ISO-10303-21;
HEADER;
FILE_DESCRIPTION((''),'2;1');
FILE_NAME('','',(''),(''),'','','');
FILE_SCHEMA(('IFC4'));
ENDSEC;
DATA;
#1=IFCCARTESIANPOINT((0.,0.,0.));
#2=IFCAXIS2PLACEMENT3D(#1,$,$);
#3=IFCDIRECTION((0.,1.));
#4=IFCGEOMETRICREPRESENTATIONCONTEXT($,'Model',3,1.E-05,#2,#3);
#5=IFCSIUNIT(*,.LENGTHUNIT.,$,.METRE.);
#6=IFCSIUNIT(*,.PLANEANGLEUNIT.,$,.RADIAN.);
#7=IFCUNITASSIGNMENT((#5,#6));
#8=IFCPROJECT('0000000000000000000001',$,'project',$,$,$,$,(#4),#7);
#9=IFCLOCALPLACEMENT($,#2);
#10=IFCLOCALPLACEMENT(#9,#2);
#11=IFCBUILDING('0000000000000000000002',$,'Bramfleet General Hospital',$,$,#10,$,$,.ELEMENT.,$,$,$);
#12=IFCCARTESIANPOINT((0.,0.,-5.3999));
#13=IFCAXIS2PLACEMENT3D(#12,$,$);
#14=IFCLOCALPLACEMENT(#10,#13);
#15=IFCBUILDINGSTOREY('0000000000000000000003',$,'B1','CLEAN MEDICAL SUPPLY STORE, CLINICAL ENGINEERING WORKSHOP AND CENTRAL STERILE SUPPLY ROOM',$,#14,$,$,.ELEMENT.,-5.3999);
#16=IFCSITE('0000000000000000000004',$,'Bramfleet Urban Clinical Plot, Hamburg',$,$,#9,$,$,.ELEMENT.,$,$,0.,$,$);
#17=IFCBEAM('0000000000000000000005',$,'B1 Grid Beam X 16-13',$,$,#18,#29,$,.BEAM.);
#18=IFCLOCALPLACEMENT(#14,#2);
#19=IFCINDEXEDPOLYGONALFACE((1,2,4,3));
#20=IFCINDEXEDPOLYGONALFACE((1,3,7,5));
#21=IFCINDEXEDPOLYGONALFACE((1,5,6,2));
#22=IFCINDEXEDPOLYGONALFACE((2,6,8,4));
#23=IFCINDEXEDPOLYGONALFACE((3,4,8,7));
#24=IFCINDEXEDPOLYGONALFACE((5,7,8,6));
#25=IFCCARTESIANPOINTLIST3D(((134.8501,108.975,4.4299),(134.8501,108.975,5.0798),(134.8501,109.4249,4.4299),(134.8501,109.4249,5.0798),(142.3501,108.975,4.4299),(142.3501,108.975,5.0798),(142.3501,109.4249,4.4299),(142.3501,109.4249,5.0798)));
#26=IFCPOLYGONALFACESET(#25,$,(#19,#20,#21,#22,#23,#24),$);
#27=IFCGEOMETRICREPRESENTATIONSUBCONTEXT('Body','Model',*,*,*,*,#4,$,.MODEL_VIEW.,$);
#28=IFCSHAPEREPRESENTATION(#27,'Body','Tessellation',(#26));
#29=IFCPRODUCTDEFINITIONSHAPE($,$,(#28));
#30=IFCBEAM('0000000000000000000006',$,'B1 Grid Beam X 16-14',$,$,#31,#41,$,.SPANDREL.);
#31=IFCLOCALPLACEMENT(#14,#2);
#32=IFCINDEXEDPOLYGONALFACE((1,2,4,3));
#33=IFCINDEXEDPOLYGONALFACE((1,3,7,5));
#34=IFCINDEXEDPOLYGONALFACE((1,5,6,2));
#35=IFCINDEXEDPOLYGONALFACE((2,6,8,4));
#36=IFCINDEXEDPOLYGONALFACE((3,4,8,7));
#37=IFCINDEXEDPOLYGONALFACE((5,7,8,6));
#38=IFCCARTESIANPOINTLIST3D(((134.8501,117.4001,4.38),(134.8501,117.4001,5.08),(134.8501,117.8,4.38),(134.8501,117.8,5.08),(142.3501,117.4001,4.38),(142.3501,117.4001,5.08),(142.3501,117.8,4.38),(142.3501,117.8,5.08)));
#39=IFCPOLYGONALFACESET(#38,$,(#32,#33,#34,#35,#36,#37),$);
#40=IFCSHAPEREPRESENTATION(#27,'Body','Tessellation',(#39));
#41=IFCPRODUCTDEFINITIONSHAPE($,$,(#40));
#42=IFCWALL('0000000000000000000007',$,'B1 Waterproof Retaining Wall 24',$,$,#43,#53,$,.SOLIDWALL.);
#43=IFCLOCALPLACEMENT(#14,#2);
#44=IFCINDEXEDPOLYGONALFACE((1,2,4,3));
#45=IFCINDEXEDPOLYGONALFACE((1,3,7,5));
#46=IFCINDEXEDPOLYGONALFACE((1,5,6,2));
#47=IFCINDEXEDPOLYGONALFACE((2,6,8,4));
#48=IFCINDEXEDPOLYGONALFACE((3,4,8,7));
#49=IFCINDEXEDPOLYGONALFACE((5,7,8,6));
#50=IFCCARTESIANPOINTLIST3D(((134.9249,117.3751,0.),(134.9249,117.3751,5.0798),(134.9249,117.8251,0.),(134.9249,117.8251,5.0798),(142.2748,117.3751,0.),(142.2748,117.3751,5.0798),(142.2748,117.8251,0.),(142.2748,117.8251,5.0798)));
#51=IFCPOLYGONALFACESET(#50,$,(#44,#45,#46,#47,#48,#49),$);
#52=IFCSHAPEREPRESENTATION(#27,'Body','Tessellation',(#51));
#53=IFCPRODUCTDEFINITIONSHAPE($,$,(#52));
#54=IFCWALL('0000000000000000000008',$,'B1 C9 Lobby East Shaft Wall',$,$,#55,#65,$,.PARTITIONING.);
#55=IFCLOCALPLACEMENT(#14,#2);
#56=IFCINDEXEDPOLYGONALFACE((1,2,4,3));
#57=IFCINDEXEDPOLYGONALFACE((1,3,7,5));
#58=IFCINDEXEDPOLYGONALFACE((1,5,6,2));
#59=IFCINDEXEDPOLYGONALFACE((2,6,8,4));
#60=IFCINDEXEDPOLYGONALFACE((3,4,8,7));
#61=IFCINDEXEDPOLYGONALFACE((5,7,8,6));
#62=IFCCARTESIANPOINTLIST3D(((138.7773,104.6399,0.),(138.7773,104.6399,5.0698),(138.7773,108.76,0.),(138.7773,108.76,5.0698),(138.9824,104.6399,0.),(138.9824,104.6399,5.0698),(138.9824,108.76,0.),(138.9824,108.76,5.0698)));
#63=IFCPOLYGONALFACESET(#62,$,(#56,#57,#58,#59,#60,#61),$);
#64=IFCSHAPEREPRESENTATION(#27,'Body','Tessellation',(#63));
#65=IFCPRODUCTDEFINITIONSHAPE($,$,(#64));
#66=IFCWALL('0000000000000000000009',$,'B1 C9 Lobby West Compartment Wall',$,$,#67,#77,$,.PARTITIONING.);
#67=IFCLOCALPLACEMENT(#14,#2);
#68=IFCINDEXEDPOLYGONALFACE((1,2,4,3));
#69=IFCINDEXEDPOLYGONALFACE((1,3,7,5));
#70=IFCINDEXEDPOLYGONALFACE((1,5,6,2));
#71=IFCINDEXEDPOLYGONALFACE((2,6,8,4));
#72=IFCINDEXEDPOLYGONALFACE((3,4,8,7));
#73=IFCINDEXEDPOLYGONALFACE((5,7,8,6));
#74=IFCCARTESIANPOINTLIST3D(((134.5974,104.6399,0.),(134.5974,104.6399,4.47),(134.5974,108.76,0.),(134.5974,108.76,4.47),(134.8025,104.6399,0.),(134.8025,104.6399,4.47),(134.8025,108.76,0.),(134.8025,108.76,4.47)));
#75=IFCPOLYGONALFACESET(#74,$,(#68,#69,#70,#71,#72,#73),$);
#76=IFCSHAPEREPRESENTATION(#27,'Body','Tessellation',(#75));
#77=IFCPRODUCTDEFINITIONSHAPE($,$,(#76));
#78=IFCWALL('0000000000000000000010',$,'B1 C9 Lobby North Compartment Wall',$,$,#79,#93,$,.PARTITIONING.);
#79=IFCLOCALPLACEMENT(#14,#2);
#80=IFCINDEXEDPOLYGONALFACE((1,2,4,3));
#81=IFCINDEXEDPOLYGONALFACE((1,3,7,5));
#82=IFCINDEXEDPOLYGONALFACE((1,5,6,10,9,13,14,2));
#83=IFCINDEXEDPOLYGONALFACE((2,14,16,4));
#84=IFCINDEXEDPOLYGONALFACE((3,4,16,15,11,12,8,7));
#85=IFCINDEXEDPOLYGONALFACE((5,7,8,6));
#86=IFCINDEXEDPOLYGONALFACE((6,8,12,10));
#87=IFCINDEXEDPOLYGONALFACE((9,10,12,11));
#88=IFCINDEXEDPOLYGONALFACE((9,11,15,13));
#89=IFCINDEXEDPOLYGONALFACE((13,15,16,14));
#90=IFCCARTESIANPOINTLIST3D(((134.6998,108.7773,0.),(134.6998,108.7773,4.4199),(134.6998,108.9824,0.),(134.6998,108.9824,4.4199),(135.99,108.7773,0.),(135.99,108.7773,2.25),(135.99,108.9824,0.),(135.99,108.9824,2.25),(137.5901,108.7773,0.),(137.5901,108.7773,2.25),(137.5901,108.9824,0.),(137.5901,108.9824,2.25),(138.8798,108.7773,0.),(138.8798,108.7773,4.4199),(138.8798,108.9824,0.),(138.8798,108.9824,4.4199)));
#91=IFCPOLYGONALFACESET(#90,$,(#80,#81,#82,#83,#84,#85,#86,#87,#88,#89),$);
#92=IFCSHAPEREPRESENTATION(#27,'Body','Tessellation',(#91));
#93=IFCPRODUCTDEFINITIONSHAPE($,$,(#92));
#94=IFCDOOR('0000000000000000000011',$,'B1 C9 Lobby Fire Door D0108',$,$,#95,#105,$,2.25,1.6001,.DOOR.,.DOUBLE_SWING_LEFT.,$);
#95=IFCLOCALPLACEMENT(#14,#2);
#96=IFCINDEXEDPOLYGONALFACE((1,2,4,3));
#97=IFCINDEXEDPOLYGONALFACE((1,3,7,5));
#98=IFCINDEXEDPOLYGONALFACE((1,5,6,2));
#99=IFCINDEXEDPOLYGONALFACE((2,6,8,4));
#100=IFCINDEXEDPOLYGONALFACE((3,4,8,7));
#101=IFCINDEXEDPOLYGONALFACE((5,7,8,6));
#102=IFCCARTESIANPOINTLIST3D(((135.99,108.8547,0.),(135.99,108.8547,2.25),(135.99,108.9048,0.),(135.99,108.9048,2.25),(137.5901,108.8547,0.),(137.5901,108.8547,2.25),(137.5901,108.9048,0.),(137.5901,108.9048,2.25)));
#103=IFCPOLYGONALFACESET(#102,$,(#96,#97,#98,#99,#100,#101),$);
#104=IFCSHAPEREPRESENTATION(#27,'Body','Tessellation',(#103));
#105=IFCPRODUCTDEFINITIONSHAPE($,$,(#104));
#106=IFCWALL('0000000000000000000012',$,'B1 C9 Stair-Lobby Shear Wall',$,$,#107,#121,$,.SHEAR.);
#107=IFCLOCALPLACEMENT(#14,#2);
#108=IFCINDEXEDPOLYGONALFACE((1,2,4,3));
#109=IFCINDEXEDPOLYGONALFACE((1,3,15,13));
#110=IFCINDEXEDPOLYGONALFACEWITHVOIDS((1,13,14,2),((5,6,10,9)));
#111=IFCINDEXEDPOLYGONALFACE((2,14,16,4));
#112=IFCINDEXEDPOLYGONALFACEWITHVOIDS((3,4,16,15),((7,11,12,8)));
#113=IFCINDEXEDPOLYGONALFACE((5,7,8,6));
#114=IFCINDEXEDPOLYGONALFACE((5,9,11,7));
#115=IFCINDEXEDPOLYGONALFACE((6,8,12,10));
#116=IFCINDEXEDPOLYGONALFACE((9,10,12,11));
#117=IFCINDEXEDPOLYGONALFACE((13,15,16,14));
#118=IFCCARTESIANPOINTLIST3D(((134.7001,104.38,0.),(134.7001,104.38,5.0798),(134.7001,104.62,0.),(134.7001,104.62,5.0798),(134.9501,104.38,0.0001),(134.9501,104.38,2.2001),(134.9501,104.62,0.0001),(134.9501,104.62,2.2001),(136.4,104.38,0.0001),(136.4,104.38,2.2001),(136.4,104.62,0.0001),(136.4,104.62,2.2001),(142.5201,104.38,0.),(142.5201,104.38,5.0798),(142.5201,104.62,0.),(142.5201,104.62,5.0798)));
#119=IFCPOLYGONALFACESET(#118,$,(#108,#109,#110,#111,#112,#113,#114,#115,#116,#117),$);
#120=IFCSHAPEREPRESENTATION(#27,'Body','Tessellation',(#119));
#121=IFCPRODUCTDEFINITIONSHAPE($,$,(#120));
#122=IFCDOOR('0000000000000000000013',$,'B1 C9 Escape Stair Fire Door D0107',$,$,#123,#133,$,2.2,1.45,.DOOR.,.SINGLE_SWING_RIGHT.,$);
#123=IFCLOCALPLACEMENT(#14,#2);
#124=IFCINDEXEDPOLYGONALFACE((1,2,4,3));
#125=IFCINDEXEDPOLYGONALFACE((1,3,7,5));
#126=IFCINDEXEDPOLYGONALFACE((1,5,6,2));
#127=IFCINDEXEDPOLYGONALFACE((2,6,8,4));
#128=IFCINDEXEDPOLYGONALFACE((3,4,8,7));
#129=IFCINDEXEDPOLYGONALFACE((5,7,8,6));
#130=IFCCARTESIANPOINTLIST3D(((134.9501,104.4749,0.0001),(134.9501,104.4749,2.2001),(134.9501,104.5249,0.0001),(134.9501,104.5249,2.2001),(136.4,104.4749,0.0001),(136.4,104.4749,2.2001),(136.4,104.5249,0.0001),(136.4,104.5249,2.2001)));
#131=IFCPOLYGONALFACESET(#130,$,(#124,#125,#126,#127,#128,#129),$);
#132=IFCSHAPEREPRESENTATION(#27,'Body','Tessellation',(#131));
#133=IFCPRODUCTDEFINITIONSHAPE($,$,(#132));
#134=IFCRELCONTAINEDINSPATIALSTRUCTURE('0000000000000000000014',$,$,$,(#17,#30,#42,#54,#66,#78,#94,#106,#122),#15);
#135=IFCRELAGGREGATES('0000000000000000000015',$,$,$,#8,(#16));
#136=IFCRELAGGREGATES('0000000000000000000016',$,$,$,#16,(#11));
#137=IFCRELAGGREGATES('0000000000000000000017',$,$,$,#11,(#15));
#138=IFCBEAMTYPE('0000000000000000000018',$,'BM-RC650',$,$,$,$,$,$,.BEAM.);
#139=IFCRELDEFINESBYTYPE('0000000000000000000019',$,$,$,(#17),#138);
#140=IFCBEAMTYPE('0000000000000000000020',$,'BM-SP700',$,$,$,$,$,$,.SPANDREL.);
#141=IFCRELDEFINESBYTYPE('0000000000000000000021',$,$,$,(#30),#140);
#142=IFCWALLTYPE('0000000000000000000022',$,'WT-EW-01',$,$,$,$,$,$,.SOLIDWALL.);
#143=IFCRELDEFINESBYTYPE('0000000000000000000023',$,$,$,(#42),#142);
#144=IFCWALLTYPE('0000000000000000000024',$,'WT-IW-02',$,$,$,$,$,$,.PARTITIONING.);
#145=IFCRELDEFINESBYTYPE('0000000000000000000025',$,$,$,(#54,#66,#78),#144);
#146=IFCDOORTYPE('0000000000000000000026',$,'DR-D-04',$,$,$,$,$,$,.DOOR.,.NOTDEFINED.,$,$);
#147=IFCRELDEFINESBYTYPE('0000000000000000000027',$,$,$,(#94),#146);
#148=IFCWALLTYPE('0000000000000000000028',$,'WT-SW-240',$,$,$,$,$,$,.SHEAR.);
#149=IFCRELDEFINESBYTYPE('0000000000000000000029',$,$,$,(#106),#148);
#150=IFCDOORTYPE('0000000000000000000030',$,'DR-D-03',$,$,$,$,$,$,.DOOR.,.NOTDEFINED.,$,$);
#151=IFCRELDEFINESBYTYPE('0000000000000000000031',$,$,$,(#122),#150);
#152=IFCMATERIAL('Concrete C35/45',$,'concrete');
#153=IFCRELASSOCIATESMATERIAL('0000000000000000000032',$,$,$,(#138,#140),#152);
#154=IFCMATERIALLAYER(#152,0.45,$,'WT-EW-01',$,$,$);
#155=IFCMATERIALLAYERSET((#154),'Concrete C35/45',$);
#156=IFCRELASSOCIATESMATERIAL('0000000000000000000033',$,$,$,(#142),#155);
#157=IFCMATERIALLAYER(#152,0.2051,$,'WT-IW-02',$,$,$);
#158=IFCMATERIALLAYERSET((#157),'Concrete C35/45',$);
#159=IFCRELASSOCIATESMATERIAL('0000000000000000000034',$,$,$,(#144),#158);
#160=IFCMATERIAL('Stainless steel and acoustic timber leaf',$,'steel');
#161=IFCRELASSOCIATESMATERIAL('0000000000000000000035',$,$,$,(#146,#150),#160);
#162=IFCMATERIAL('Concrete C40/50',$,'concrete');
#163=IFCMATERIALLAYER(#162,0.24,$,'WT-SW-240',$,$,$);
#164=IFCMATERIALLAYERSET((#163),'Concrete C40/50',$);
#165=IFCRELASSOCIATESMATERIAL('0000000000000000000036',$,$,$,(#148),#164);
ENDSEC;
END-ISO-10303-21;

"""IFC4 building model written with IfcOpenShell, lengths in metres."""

from ifc_helpers import new_model, si_unit, direction, frame, frame_2d, origin, origin_2d, place, context, subcontext, project, spatial, rectangle, extrude, material, layer, layer_set, material_profile, profile_set, type_object, element, fill, save


model = new_model("IFC4")

# Units and contexts
model_context = context("Model", 3, precision=1e-05, world=origin(), true_north=direction((0.0, 1.0)))
body_context = subcontext(model_context, "Body", "Model", "MODEL_VIEW")
ifc_project = project(units=[si_unit("LENGTHUNIT", "METRE"), si_unit("PLANEANGLEUNIT", "RADIAN")], contexts=[model_context])

# Site, building, storey
site_placement = place(None, origin())
site = spatial("IfcSite", under=ifc_project, at=site_placement, Name="Bramfleet Urban Clinical Plot, Hamburg", CompositionType="ELEMENT", RefElevation=0.0)
building_placement = place(site_placement, origin())
building = spatial("IfcBuilding", under=site, at=building_placement, Name="Bramfleet General Hospital", CompositionType="ELEMENT")
storey_placement = place(building_placement, frame((0.0, 0.0, -5.3999)))
storey = spatial("IfcBuildingStorey", under=building, at=storey_placement, Name="B1", Description="CLEAN MEDICAL SUPPLY STORE, CLINICAL ENGINEERING WORKSHOP AND CENTRAL STERILE SUPPLY ROOM", CompositionType="ELEMENT", Elevation=-5.3999)

# Shared definitions
ifc_material_1 = material(Name="Concrete C35/45", Category="concrete")

# Shared definitions
ifc_material_2 = material(Name="Concrete C40/50", Category="concrete")

# Beams
ifc_material_profile_1 = material_profile(ifc_material_1, rectangle(XDim=0.45, YDim=0.6499, at=origin_2d()), Name="RC BM 650x450")
ifc_profile_set_1 = profile_set([ifc_material_profile_1], Name="Concrete C35/45")
beam_type_1 = type_object("IfcBeamType", Name="BM-RC650", PredefinedType="BEAM", material=ifc_profile_set_1)
beam_1_placement = place(storey_placement, frame((134.8501, 109.2, 4.7549), z_axis=(1.0, 0.0, 0.0), x_axis=(0.0, 1.0, 0.0)))
element("IfcBeam", 1, at=beam_1_placement, inside=storey, type_object=beam_type_1, Name="B1 Grid Beam X 16-13", PredefinedType="BEAM", context=body_context, shape_type="SweptSolid", body=[
    extrude(rectangle(XDim=0.45, YDim=0.6499, at=origin_2d()), origin(), (0.0, 0.0, 1.0), 7.5),
])
ifc_material_profile_2 = material_profile(ifc_material_1, rectangle(XDim=0.3999, YDim=0.7, at=origin_2d()), Name="RC SP 700x400")
ifc_profile_set_2 = profile_set([ifc_material_profile_2], Name="Concrete C35/45")
beam_type_2 = type_object("IfcBeamType", Name="BM-SP700", PredefinedType="SPANDREL", material=ifc_profile_set_2)
beam_2_placement = place(storey_placement, frame((134.8501, 117.6001, 4.73), z_axis=(1.0, 0.0, 0.0), x_axis=(0.0, 1.0, 0.0)))
element("IfcBeam", 2, at=beam_2_placement, inside=storey, type_object=beam_type_2, Name="B1 Grid Beam X 16-14", PredefinedType="SPANDREL", context=body_context, shape_type="SweptSolid", body=[
    extrude(rectangle(XDim=0.3999, YDim=0.7, at=origin_2d()), origin(), (0.0, 0.0, 1.0), 7.5),
])

# Walls
ifc_layer_1 = layer(ifc_material_1, 0.45, Name="WT-EW-01")
ifc_layer_set_1 = layer_set([ifc_layer_1], Name="Concrete C35/45")
wall_type_1 = type_object("IfcWallType", Name="WT-EW-01", PredefinedType="SOLIDWALL", material=ifc_layer_set_1)
wall_1_placement = place(storey_placement, frame((134.925, 117.6001, 0.0), z_axis=(0.0, 0.0, 1.0), x_axis=(1.0, 0.0, 0.0)))
element("IfcWall", 3, at=wall_1_placement, inside=storey, type_object=wall_type_1, Name="B1 Waterproof Retaining Wall 24", PredefinedType="SOLIDWALL", context=body_context, shape_type="SweptSolid", body=[
    extrude(rectangle(XDim=7.3499, YDim=0.45, at=frame_2d((3.6748, 0.0))), origin(), (0.0, 0.0, 1.0), 5.0798),
])
ifc_layer_2 = layer(ifc_material_1, 0.2051, Name="WT-IW-02")
ifc_layer_set_2 = layer_set([ifc_layer_2], Name="Concrete C35/45")
wall_type_2 = type_object("IfcWallType", Name="WT-IW-02", PredefinedType="PARTITIONING", material=ifc_layer_set_2)
wall_2_placement = place(storey_placement, frame((138.8799, 104.6399, 0.0), z_axis=(0.0, 0.0, 1.0), x_axis=(0.0, 1.0, 0.0)))
element("IfcWall", 4, at=wall_2_placement, inside=storey, type_object=wall_type_2, Name="B1 C9 Lobby East Shaft Wall", PredefinedType="PARTITIONING", context=body_context, shape_type="SweptSolid", body=[
    extrude(rectangle(XDim=4.1201, YDim=0.2051, at=frame_2d((2.0601, 0.0))), origin(), (0.0, 0.0, 1.0), 5.0698),
])
wall_3_placement = place(storey_placement, frame((134.7, 104.6399, 0.0), z_axis=(0.0, 0.0, 1.0), x_axis=(0.0, 1.0, 0.0)))
element("IfcWall", 5, at=wall_3_placement, inside=storey, type_object=wall_type_2, Name="B1 C9 Lobby West Compartment Wall", PredefinedType="PARTITIONING", context=body_context, shape_type="SweptSolid", body=[
    extrude(rectangle(XDim=4.1201, YDim=0.2051, at=frame_2d((2.0601, 0.0))), origin(), (0.0, 0.0, 1.0), 4.47),
])

# Walls, openings, doors
wall_4_placement = place(storey_placement, frame((134.7, 108.8799, 0.0), z_axis=(0.0, 0.0, 1.0), x_axis=(1.0, 0.0, 0.0)))
wall_4 = element("IfcWall", 6, at=wall_4_placement, inside=storey, type_object=wall_type_2, Name="B1 C9 Lobby North Compartment Wall", PredefinedType="PARTITIONING", context=body_context, shape_type="SweptSolid", body=[
    extrude(rectangle(XDim=4.1799, YDim=0.2051, at=frame_2d((2.0898, 0.0))), origin(), (0.0, 0.0, 1.0), 4.4199),
])
opening_1_placement = place(wall_4_placement, frame((1.29, 0.0, 0.0)))
opening_1 = element("IfcOpeningElement", 7, at=opening_1_placement, cuts=wall_4, PredefinedType="OPENING", context=body_context, shape_type="SweptSolid", body=[
    extrude(rectangle(XDim=1.6001, YDim=2.25, at=frame_2d((0.8, 1.125))), frame((0.0, 0.1125, 0.0), z_axis=(0.0, -1.0, 0.0), x_axis=(1.0, 0.0, 0.0)), (0.0, 0.0, 1.0), 0.2251),
])
ifc_material_3 = material(Name="Stainless steel and acoustic timber leaf", Category="steel")
door_type_1 = type_object("IfcDoorType", Name="DR-D-04", OperationType="NOTDEFINED", PredefinedType="DOOR", material=ifc_material_3)
door_1_placement = place(opening_1_placement, origin())
door_1 = element("IfcDoor", 8, at=door_1_placement, inside=storey, type_object=door_type_1, Name="B1 C9 Lobby Fire Door D0108", OperationType="DOUBLE_SWING_LEFT", OverallHeight=2.25, OverallWidth=1.6001, PredefinedType="DOOR", context=body_context, shape_type="SweptSolid", body=[
    extrude(rectangle(XDim=1.6001, YDim=2.25, at=frame_2d((0.8, 1.125))), frame((0.0, 0.0249, 0.0), z_axis=(0.0, -1.0, 0.0), x_axis=(1.0, 0.0, 0.0)), (0.0, 0.0, 1.0), 0.05),
])
fill(opening_1, door_1)
ifc_layer_3 = layer(ifc_material_2, 0.24, Name="WT-SW-240")
ifc_layer_set_3 = layer_set([ifc_layer_3], Name="Concrete C40/50")
wall_type_3 = type_object("IfcWallType", Name="WT-SW-240", PredefinedType="SHEAR", material=ifc_layer_set_3)
wall_5_placement = place(storey_placement, frame((134.7, 104.5, 0.0), z_axis=(0.0, 0.0, 1.0), x_axis=(1.0, 0.0, 0.0)))
wall_5 = element("IfcWall", 9, at=wall_5_placement, inside=storey, type_object=wall_type_3, Name="B1 C9 Stair-Lobby Shear Wall", PredefinedType="SHEAR", context=body_context, shape_type="SweptSolid", body=[
    extrude(rectangle(XDim=7.8201, YDim=0.24, at=frame_2d((3.9102, 0.0))), origin(), (0.0, 0.0, 1.0), 5.0798),
])
opening_2_placement = place(wall_5_placement, frame((0.25, 0.0, 0.0)))
opening_2 = element("IfcOpeningElement", 10, at=opening_2_placement, cuts=wall_5, PredefinedType="OPENING", context=body_context, shape_type="SweptSolid", body=[
    extrude(rectangle(XDim=1.45, YDim=2.2, at=frame_2d((0.7251, 1.1001))), frame((0.0, 0.1299, 0.0), z_axis=(0.0, -1.0, 0.0), x_axis=(1.0, 0.0, 0.0)), (0.0, 0.0, 1.0), 0.26),
])
door_type_2 = type_object("IfcDoorType", Name="DR-D-03", OperationType="NOTDEFINED", PredefinedType="DOOR", material=ifc_material_3)
door_2_placement = place(opening_2_placement, origin())
door_2 = element("IfcDoor", 11, at=door_2_placement, inside=storey, type_object=door_type_2, Name="B1 C9 Escape Stair Fire Door D0107", OperationType="SINGLE_SWING_RIGHT", OverallHeight=2.2, OverallWidth=1.45, PredefinedType="DOOR", context=body_context, shape_type="SweptSolid", body=[
    extrude(rectangle(XDim=1.45, YDim=2.2, at=frame_2d((0.7251, 1.1001))), frame((0.0, 0.0249, 0.0), z_axis=(0.0, -1.0, 0.0), x_axis=(1.0, 0.0, 0.0)), (0.0, 0.0, 1.0), 0.05),
])
fill(opening_2, door_2)

save(model, "model.ifc")
